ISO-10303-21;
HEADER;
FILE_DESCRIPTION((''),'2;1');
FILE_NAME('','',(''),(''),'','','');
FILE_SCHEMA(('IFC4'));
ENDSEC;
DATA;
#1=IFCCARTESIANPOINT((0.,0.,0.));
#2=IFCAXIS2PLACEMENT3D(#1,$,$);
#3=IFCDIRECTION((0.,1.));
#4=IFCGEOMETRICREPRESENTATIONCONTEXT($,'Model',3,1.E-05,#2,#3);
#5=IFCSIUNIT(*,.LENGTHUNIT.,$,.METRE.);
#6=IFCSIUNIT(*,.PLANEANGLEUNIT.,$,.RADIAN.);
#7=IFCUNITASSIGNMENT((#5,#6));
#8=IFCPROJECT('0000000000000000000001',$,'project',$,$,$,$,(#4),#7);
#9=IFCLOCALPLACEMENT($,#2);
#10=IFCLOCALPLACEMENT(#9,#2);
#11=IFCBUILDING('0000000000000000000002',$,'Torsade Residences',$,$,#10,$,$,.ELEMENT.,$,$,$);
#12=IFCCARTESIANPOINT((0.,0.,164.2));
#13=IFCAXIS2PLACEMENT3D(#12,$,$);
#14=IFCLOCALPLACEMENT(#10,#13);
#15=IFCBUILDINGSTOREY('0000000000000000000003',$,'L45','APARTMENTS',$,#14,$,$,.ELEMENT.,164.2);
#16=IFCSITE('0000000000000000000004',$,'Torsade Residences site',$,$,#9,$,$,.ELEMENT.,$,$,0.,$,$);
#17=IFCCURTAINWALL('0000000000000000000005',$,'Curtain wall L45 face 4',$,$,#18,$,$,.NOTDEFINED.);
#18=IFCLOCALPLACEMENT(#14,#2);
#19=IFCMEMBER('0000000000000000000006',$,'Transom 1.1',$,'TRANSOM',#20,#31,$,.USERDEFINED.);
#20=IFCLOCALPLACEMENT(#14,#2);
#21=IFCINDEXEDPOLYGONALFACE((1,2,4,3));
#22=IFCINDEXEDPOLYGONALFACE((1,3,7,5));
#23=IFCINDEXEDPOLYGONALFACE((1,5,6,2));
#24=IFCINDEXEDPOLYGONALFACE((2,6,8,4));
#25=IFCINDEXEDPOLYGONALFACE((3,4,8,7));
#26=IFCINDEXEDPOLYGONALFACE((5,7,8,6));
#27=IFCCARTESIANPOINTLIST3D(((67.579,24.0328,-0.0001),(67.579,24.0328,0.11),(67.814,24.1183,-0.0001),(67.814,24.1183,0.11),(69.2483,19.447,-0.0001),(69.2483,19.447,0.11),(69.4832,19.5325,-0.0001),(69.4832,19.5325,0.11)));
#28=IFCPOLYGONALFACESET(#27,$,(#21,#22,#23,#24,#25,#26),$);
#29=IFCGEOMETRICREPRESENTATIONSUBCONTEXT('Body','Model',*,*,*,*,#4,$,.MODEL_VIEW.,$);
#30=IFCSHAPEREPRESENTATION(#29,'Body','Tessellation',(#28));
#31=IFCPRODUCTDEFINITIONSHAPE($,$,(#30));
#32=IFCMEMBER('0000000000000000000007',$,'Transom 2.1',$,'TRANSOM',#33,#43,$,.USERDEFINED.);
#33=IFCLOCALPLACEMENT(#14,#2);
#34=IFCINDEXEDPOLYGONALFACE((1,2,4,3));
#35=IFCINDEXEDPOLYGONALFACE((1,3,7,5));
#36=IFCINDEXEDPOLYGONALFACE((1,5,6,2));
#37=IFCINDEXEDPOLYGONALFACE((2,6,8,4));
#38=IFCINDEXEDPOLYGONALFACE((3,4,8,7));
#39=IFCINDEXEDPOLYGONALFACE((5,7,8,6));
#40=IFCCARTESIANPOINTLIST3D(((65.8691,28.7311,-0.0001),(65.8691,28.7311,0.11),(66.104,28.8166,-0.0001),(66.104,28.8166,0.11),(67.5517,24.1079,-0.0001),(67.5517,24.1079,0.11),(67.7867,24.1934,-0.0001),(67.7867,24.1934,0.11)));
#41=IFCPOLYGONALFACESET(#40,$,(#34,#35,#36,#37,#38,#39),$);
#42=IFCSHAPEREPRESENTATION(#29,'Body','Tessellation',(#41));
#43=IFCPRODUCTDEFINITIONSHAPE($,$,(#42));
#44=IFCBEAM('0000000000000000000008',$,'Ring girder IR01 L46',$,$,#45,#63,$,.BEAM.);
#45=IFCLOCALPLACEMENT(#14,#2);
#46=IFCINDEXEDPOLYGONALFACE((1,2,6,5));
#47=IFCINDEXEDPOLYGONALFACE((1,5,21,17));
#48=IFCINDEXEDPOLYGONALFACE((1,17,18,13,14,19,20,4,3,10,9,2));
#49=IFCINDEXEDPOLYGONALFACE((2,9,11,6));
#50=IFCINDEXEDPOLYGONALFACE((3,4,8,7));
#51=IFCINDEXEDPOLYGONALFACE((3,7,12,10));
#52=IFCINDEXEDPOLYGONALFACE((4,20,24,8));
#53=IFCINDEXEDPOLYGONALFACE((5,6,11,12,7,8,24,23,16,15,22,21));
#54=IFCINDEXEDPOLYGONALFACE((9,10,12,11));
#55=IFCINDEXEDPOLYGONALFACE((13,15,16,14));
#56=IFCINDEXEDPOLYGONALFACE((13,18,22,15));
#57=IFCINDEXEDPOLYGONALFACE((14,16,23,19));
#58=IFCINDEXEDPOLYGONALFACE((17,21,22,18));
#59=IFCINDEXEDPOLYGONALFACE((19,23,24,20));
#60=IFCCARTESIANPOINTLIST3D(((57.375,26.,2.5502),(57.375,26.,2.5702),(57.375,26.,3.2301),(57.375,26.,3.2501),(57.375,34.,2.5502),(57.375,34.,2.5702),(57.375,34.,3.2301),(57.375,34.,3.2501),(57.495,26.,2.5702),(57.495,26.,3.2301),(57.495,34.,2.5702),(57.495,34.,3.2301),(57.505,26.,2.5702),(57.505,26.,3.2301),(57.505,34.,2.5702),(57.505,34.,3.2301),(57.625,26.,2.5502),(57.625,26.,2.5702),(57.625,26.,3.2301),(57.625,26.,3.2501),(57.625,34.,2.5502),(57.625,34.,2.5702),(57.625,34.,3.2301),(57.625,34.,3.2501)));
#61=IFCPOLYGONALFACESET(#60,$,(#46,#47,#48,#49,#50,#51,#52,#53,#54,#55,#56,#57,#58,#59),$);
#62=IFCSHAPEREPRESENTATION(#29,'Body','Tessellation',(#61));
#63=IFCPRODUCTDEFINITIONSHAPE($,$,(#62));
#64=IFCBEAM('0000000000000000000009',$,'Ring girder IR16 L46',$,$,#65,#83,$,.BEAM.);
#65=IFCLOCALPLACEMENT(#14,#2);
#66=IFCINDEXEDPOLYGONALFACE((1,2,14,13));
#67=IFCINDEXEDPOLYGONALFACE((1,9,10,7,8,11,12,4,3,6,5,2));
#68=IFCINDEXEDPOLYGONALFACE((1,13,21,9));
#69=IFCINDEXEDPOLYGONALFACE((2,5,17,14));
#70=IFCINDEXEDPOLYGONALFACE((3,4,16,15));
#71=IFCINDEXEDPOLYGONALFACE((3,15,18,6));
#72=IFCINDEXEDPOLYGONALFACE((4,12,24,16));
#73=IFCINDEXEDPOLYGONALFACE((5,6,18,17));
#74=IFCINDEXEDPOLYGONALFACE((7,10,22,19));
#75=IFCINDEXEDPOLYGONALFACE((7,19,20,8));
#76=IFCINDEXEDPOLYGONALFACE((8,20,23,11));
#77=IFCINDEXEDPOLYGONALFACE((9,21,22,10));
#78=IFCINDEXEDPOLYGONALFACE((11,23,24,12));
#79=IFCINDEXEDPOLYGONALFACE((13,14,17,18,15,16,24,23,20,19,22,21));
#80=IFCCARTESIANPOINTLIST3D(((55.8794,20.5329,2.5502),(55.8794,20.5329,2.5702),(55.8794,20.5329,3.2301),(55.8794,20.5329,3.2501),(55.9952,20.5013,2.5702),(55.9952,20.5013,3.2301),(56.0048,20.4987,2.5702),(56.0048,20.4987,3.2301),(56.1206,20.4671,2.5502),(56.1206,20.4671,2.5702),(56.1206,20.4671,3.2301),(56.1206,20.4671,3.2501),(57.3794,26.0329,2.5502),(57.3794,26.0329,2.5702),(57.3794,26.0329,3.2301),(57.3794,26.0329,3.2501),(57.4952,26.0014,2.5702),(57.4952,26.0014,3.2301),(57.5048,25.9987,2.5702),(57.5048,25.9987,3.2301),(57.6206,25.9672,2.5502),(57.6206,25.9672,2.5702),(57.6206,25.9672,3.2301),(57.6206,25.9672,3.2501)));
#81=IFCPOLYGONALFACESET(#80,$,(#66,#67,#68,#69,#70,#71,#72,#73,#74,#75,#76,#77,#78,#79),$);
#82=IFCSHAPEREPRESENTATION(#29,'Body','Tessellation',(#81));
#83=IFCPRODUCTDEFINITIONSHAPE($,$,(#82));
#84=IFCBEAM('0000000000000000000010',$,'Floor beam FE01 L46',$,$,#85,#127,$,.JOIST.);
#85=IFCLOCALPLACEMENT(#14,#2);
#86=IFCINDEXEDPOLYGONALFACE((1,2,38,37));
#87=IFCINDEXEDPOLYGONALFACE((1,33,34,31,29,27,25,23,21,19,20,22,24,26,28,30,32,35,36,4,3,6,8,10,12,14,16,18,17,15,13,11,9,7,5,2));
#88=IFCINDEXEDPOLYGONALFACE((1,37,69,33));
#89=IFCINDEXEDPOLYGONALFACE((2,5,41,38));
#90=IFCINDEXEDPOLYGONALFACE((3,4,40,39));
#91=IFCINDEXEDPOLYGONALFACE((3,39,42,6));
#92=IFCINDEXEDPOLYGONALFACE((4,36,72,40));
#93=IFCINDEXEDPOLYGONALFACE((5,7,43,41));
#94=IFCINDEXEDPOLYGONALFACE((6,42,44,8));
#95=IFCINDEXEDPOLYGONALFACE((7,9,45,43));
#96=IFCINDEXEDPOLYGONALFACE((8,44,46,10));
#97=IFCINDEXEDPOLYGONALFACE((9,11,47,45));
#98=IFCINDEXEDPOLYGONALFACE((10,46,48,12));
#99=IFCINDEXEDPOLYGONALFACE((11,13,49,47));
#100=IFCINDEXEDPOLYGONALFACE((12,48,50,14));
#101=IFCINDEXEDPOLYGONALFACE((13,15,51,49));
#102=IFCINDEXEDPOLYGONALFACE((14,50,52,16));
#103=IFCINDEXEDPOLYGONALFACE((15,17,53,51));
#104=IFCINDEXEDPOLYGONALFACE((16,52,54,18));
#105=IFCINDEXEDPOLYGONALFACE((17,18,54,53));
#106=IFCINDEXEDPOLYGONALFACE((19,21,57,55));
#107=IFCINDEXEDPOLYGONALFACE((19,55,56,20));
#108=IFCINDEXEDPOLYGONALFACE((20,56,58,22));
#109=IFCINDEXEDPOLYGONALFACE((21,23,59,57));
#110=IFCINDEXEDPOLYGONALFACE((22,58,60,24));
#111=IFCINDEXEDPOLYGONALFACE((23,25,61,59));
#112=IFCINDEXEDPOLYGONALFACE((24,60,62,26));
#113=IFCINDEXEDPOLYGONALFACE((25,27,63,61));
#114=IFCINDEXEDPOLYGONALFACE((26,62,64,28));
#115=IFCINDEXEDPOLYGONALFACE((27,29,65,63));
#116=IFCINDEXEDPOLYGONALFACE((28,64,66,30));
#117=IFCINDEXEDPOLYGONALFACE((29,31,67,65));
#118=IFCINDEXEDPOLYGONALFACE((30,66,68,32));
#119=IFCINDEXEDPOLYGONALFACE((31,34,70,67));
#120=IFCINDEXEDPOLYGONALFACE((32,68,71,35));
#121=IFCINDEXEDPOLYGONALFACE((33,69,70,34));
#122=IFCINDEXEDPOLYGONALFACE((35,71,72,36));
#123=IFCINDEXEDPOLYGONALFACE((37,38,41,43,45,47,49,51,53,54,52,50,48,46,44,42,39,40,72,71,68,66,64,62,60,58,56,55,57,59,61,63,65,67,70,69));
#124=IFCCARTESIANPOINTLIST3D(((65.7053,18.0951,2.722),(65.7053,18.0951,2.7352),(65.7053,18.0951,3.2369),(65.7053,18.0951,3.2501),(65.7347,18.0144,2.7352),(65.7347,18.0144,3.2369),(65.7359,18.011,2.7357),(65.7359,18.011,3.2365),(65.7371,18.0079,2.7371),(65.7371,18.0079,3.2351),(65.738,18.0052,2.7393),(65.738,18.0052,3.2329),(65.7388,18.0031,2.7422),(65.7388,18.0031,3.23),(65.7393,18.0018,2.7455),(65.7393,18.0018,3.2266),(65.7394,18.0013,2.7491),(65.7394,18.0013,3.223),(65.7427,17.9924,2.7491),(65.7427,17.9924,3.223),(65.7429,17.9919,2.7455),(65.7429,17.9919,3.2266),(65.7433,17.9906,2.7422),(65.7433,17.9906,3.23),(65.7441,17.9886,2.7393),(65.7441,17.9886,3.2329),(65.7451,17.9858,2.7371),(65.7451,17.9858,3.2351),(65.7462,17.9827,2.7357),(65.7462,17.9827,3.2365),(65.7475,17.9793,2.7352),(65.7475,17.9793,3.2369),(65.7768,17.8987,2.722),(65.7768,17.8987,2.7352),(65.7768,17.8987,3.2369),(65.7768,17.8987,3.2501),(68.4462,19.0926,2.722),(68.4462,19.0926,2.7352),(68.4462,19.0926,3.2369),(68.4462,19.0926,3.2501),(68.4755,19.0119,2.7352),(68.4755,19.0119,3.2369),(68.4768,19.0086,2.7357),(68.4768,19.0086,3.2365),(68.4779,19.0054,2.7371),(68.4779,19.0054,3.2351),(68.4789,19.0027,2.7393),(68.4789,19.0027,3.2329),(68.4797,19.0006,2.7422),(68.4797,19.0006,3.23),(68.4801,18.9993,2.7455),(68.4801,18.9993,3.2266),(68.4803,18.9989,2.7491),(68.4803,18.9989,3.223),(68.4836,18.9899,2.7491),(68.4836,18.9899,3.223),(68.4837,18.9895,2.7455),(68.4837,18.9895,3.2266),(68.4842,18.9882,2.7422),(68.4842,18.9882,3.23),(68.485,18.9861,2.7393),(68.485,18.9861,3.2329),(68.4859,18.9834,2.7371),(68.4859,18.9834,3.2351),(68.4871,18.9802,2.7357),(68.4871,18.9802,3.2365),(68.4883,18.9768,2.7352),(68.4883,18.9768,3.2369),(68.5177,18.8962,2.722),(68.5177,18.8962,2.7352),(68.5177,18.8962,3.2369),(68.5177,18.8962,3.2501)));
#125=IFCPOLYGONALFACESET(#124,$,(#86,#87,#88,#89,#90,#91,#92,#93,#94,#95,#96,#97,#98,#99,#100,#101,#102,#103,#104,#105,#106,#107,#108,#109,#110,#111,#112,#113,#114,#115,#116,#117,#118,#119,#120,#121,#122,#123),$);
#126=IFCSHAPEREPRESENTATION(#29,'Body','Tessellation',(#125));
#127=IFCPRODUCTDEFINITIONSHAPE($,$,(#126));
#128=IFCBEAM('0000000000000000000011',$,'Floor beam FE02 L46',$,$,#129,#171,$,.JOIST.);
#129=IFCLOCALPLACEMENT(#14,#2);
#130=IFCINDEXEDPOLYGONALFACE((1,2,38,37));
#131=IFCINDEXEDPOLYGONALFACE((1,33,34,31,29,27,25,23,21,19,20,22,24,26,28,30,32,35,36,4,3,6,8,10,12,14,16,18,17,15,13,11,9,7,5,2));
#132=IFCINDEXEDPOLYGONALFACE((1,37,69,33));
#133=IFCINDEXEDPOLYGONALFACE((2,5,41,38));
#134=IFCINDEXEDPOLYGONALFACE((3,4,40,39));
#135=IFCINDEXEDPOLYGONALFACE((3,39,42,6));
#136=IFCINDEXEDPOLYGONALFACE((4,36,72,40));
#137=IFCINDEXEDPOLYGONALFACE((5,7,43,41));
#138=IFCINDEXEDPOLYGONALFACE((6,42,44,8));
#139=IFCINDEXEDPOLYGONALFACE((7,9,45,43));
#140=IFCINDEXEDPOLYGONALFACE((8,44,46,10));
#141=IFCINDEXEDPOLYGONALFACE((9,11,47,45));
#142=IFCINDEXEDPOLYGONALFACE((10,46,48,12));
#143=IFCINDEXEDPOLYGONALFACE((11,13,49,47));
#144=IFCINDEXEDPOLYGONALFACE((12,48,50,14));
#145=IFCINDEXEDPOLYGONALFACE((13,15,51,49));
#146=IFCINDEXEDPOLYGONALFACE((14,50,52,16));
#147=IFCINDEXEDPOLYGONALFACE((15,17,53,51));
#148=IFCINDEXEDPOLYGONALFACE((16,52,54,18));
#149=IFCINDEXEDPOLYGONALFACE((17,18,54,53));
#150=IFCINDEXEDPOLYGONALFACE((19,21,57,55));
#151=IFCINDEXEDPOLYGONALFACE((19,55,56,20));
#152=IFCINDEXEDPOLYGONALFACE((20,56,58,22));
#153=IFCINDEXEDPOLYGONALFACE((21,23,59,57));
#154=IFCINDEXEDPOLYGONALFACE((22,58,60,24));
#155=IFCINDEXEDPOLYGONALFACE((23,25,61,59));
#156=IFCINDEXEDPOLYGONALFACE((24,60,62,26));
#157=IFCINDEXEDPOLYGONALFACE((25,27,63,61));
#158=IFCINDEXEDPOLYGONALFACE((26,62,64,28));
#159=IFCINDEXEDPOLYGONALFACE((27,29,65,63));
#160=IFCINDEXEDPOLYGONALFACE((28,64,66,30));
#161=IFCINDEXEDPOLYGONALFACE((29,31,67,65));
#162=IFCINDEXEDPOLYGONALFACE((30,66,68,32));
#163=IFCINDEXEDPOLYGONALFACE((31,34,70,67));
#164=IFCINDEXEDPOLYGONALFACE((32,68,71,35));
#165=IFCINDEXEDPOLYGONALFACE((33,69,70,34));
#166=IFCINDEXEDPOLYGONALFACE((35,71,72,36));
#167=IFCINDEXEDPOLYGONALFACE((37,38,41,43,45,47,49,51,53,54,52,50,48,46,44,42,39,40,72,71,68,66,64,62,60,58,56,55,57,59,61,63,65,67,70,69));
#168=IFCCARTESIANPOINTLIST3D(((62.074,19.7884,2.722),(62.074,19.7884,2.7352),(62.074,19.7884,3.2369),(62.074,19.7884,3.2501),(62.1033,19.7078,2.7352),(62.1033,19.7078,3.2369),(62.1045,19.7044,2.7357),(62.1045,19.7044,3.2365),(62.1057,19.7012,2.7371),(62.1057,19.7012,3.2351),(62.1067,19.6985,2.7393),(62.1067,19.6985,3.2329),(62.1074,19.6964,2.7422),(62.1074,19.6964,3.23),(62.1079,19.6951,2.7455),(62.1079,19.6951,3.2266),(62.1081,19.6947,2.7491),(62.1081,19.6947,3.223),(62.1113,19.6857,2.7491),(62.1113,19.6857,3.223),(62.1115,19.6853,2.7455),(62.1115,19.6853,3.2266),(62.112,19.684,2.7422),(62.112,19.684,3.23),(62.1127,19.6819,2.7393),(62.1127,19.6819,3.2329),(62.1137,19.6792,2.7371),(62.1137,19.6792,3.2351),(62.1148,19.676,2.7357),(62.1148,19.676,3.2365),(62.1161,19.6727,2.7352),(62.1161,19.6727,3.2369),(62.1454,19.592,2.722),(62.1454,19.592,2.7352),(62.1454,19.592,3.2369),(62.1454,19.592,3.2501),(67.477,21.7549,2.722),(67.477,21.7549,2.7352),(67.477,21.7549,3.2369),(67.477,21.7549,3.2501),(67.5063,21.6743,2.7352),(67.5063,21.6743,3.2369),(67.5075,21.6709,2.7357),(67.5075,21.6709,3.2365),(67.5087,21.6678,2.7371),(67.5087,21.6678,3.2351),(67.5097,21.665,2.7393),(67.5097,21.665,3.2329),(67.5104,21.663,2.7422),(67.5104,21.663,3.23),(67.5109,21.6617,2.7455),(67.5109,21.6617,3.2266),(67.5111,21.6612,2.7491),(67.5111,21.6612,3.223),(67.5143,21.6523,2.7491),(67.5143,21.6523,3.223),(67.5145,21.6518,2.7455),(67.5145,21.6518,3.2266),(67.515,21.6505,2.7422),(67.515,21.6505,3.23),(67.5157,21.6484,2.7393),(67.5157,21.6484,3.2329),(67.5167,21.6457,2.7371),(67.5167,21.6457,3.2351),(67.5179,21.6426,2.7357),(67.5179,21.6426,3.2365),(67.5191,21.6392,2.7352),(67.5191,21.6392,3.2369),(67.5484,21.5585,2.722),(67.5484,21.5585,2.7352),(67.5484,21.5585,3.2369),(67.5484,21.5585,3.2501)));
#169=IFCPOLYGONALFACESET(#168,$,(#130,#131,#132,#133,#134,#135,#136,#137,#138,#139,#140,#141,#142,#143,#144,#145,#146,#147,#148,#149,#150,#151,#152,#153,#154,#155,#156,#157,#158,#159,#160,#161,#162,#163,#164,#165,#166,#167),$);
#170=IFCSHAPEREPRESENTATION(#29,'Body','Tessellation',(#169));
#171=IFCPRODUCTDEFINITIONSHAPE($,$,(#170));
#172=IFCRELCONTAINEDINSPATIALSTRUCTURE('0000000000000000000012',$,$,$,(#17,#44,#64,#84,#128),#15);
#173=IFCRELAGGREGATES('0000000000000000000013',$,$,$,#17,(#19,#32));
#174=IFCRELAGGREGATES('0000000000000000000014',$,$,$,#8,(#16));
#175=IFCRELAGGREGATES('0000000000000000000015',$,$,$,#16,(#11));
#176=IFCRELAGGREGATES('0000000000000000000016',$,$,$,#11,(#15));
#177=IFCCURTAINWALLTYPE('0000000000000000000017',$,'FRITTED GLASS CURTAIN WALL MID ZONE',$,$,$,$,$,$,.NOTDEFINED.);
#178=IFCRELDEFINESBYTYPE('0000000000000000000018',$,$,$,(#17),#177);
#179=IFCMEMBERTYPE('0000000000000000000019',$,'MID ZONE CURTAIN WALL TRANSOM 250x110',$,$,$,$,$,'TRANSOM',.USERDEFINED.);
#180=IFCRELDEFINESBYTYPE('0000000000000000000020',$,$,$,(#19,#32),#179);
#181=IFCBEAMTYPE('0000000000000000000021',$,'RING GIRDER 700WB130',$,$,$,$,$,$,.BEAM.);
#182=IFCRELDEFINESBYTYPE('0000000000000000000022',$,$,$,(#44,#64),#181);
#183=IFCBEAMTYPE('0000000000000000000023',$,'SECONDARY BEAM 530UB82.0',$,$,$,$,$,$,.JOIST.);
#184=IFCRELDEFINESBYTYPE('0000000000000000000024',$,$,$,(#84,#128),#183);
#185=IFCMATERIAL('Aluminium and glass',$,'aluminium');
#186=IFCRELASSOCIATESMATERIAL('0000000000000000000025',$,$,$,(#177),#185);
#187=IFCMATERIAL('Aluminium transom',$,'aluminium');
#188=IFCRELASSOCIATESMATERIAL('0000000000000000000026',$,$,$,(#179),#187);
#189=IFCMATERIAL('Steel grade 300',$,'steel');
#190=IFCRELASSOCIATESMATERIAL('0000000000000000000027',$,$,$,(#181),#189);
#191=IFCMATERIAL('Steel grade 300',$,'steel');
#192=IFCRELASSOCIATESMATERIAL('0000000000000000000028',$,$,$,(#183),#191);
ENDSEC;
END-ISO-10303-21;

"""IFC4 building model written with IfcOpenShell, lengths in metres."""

from ifc_helpers import new_model, si_unit, direction, frame, origin, origin_2d, place, context, subcontext, project, spatial, rectangle, i_section, extrude, material, material_profile, profile_set, type_object, element, aggregate, save


model = new_model("IFC4")

# Units and contexts
model_context = context("Model", 3, precision=1e-05, world=origin(), true_north=direction((0.0, 1.0)))
body_context = subcontext(model_context, "Body", "Model", "MODEL_VIEW")
ifc_project = project(units=[si_unit("LENGTHUNIT", "METRE"), si_unit("PLANEANGLEUNIT", "RADIAN")], contexts=[model_context])

# Site, building, storey
site_placement = place(None, origin())
site = spatial("IfcSite", under=ifc_project, at=site_placement, Name="Torsade Residences site", CompositionType="ELEMENT", RefElevation=0.0)
building_placement = place(site_placement, origin())
building = spatial("IfcBuilding", under=site, at=building_placement, Name="Torsade Residences", CompositionType="ELEMENT")
storey_placement = place(building_placement, frame((0.0, 0.0, 164.2)))
storey = spatial("IfcBuildingStorey", under=building, at=storey_placement, Name="L45", Description="APARTMENTS", CompositionType="ELEMENT", Elevation=164.2)

# Curtain wall, members
ifc_material_1 = material(Name="Aluminium and glass", Category="aluminium")
curtain_wall_type = type_object("IfcCurtainWallType", Name="FRITTED GLASS CURTAIN WALL MID ZONE", PredefinedType="NOTDEFINED", material=ifc_material_1)
curtain_wall_placement = place(storey_placement, origin())
curtain_wall = element("IfcCurtainWall", 1, at=curtain_wall_placement, inside=storey, type_object=curtain_wall_type, Name="Curtain wall L45 face 4", PredefinedType="NOTDEFINED")
ifc_material_2 = material(Name="Aluminium transom", Category="aluminium")
ifc_material_profile_1 = material_profile(ifc_material_2, rectangle(XDim=0.25, YDim=0.1101, at=origin_2d()), Name="MID ZONE CURTAIN WALL TRANSOM 250x110")
ifc_profile_set_1 = profile_set([ifc_material_profile_1], Name="Aluminium transom")
member_type_1 = type_object("IfcMemberType", Name="MID ZONE CURTAIN WALL TRANSOM 250x110", ElementType="TRANSOM", PredefinedType="USERDEFINED", material=ifc_profile_set_1)
member_1_placement = place(storey_placement, frame((69.3657, 19.4897, 0.0549), z_axis=(-0.342044, 0.939684, 0.0), x_axis=(-0.939684, -0.342044, 0.0)))
member_1 = element("IfcMember", 2, at=member_1_placement, type_object=member_type_1, Name="Transom 1.1", ObjectType="TRANSOM", PredefinedType="USERDEFINED", context=body_context, shape_type="SweptSolid", body=[
    extrude(rectangle(XDim=0.25, YDim=0.1101, at=origin_2d()), origin(), (0.0, 0.0, 1.0), 4.8801),
])
member_2_placement = place(storey_placement, frame((67.6692, 24.1506, 0.0549), z_axis=(-0.341998, 0.939701, 0.0), x_axis=(-0.939701, -0.341998, 0.0)))
member_2 = element("IfcMember", 3, at=member_2_placement, type_object=member_type_1, Name="Transom 2.1", ObjectType="TRANSOM", PredefinedType="USERDEFINED", context=body_context, shape_type="SweptSolid", body=[
    extrude(rectangle(XDim=0.25, YDim=0.1101, at=origin_2d()), origin(), (0.0, 0.0, 1.0), 4.9199),
])

# Beams
ifc_material_3 = material(Name="Steel grade 300", Category="steel")
ifc_material_profile_2 = material_profile(ifc_material_3, i_section(OverallWidth=0.25, OverallDepth=0.7, WebThickness=0.01, FlangeThickness=0.02, at=origin_2d()), Name="700WB130")
ifc_profile_set_2 = profile_set([ifc_material_profile_2], Name="Steel grade 300")
beam_type_1 = type_object("IfcBeamType", Name="RING GIRDER 700WB130", PredefinedType="BEAM", material=ifc_profile_set_2)
beam_1_placement = place(storey_placement, frame((57.5, 26.0, 2.9001), z_axis=(0.0, 1.0, 0.0), x_axis=(-1.0, 0.0, 0.0)))
element("IfcBeam", 4, at=beam_1_placement, inside=storey, type_object=beam_type_1, Name="Ring girder IR01 L46", PredefinedType="BEAM", context=body_context, shape_type="SweptSolid", body=[
    extrude(i_section(OverallWidth=0.25, OverallDepth=0.7, WebThickness=0.01, FlangeThickness=0.02, at=origin_2d()), origin(), (0.0, 0.0, 1.0), 8.0),
])
beam_2_placement = place(storey_placement, frame((56.0, 20.5, 2.9001), z_axis=(0.263117, 0.964764, 0.0), x_axis=(-0.964764, 0.263117, 0.0)))
element("IfcBeam", 5, at=beam_2_placement, inside=storey, type_object=beam_type_1, Name="Ring girder IR16 L46", PredefinedType="BEAM", context=body_context, shape_type="SweptSolid", body=[
    extrude(i_section(OverallWidth=0.25, OverallDepth=0.7, WebThickness=0.01, FlangeThickness=0.02, at=origin_2d()), origin(), (0.0, 0.0, 1.0), 5.7009),
])
ifc_material_4 = material(Name="Steel grade 300", Category="steel")
ifc_material_profile_3 = material_profile(ifc_material_4, i_section(OverallWidth=0.209, OverallDepth=0.5281, WebThickness=0.0095, FlangeThickness=0.0132, FilletRadius=0.0139, at=origin_2d()), Name="530UB82.0")
ifc_profile_set_3 = profile_set([ifc_material_profile_3], Name="Steel grade 300")
beam_type_2 = type_object("IfcBeamType", Name="SECONDARY BEAM 530UB82.0", PredefinedType="JOIST", material=ifc_profile_set_3)
beam_3_placement = place(storey_placement, frame((68.4819, 18.9944, 2.9861), z_axis=(-0.939701, -0.341998, 0.0), x_axis=(0.341998, -0.939701, 0.0)))
element("IfcBeam", 6, at=beam_3_placement, inside=storey, type_object=beam_type_2, Name="Floor beam FE01 L46", PredefinedType="JOIST", context=body_context, shape_type="SweptSolid", body=[
    extrude(i_section(OverallWidth=0.209, OverallDepth=0.5281, WebThickness=0.0095, FlangeThickness=0.0132, FilletRadius=0.0139, at=origin_2d()), origin(), (0.0, 0.0, 1.0), 2.9167),
])
beam_4_placement = place(storey_placement, frame((67.5127, 21.6567, 2.9861), z_axis=(-0.939693, -0.342019, 0.0), x_axis=(0.342019, -0.939693, 0.0)))
element("IfcBeam", 7, at=beam_4_placement, inside=storey, type_object=beam_type_2, Name="Floor beam FE02 L46", PredefinedType="JOIST", context=body_context, shape_type="SweptSolid", body=[
    extrude(i_section(OverallWidth=0.209, OverallDepth=0.5281, WebThickness=0.0095, FlangeThickness=0.0132, FilletRadius=0.0139, at=origin_2d()), origin(), (0.0, 0.0, 1.0), 5.7498),
])

aggregate(curtain_wall, [member_1, member_2])

save(model, "model.ifc")
